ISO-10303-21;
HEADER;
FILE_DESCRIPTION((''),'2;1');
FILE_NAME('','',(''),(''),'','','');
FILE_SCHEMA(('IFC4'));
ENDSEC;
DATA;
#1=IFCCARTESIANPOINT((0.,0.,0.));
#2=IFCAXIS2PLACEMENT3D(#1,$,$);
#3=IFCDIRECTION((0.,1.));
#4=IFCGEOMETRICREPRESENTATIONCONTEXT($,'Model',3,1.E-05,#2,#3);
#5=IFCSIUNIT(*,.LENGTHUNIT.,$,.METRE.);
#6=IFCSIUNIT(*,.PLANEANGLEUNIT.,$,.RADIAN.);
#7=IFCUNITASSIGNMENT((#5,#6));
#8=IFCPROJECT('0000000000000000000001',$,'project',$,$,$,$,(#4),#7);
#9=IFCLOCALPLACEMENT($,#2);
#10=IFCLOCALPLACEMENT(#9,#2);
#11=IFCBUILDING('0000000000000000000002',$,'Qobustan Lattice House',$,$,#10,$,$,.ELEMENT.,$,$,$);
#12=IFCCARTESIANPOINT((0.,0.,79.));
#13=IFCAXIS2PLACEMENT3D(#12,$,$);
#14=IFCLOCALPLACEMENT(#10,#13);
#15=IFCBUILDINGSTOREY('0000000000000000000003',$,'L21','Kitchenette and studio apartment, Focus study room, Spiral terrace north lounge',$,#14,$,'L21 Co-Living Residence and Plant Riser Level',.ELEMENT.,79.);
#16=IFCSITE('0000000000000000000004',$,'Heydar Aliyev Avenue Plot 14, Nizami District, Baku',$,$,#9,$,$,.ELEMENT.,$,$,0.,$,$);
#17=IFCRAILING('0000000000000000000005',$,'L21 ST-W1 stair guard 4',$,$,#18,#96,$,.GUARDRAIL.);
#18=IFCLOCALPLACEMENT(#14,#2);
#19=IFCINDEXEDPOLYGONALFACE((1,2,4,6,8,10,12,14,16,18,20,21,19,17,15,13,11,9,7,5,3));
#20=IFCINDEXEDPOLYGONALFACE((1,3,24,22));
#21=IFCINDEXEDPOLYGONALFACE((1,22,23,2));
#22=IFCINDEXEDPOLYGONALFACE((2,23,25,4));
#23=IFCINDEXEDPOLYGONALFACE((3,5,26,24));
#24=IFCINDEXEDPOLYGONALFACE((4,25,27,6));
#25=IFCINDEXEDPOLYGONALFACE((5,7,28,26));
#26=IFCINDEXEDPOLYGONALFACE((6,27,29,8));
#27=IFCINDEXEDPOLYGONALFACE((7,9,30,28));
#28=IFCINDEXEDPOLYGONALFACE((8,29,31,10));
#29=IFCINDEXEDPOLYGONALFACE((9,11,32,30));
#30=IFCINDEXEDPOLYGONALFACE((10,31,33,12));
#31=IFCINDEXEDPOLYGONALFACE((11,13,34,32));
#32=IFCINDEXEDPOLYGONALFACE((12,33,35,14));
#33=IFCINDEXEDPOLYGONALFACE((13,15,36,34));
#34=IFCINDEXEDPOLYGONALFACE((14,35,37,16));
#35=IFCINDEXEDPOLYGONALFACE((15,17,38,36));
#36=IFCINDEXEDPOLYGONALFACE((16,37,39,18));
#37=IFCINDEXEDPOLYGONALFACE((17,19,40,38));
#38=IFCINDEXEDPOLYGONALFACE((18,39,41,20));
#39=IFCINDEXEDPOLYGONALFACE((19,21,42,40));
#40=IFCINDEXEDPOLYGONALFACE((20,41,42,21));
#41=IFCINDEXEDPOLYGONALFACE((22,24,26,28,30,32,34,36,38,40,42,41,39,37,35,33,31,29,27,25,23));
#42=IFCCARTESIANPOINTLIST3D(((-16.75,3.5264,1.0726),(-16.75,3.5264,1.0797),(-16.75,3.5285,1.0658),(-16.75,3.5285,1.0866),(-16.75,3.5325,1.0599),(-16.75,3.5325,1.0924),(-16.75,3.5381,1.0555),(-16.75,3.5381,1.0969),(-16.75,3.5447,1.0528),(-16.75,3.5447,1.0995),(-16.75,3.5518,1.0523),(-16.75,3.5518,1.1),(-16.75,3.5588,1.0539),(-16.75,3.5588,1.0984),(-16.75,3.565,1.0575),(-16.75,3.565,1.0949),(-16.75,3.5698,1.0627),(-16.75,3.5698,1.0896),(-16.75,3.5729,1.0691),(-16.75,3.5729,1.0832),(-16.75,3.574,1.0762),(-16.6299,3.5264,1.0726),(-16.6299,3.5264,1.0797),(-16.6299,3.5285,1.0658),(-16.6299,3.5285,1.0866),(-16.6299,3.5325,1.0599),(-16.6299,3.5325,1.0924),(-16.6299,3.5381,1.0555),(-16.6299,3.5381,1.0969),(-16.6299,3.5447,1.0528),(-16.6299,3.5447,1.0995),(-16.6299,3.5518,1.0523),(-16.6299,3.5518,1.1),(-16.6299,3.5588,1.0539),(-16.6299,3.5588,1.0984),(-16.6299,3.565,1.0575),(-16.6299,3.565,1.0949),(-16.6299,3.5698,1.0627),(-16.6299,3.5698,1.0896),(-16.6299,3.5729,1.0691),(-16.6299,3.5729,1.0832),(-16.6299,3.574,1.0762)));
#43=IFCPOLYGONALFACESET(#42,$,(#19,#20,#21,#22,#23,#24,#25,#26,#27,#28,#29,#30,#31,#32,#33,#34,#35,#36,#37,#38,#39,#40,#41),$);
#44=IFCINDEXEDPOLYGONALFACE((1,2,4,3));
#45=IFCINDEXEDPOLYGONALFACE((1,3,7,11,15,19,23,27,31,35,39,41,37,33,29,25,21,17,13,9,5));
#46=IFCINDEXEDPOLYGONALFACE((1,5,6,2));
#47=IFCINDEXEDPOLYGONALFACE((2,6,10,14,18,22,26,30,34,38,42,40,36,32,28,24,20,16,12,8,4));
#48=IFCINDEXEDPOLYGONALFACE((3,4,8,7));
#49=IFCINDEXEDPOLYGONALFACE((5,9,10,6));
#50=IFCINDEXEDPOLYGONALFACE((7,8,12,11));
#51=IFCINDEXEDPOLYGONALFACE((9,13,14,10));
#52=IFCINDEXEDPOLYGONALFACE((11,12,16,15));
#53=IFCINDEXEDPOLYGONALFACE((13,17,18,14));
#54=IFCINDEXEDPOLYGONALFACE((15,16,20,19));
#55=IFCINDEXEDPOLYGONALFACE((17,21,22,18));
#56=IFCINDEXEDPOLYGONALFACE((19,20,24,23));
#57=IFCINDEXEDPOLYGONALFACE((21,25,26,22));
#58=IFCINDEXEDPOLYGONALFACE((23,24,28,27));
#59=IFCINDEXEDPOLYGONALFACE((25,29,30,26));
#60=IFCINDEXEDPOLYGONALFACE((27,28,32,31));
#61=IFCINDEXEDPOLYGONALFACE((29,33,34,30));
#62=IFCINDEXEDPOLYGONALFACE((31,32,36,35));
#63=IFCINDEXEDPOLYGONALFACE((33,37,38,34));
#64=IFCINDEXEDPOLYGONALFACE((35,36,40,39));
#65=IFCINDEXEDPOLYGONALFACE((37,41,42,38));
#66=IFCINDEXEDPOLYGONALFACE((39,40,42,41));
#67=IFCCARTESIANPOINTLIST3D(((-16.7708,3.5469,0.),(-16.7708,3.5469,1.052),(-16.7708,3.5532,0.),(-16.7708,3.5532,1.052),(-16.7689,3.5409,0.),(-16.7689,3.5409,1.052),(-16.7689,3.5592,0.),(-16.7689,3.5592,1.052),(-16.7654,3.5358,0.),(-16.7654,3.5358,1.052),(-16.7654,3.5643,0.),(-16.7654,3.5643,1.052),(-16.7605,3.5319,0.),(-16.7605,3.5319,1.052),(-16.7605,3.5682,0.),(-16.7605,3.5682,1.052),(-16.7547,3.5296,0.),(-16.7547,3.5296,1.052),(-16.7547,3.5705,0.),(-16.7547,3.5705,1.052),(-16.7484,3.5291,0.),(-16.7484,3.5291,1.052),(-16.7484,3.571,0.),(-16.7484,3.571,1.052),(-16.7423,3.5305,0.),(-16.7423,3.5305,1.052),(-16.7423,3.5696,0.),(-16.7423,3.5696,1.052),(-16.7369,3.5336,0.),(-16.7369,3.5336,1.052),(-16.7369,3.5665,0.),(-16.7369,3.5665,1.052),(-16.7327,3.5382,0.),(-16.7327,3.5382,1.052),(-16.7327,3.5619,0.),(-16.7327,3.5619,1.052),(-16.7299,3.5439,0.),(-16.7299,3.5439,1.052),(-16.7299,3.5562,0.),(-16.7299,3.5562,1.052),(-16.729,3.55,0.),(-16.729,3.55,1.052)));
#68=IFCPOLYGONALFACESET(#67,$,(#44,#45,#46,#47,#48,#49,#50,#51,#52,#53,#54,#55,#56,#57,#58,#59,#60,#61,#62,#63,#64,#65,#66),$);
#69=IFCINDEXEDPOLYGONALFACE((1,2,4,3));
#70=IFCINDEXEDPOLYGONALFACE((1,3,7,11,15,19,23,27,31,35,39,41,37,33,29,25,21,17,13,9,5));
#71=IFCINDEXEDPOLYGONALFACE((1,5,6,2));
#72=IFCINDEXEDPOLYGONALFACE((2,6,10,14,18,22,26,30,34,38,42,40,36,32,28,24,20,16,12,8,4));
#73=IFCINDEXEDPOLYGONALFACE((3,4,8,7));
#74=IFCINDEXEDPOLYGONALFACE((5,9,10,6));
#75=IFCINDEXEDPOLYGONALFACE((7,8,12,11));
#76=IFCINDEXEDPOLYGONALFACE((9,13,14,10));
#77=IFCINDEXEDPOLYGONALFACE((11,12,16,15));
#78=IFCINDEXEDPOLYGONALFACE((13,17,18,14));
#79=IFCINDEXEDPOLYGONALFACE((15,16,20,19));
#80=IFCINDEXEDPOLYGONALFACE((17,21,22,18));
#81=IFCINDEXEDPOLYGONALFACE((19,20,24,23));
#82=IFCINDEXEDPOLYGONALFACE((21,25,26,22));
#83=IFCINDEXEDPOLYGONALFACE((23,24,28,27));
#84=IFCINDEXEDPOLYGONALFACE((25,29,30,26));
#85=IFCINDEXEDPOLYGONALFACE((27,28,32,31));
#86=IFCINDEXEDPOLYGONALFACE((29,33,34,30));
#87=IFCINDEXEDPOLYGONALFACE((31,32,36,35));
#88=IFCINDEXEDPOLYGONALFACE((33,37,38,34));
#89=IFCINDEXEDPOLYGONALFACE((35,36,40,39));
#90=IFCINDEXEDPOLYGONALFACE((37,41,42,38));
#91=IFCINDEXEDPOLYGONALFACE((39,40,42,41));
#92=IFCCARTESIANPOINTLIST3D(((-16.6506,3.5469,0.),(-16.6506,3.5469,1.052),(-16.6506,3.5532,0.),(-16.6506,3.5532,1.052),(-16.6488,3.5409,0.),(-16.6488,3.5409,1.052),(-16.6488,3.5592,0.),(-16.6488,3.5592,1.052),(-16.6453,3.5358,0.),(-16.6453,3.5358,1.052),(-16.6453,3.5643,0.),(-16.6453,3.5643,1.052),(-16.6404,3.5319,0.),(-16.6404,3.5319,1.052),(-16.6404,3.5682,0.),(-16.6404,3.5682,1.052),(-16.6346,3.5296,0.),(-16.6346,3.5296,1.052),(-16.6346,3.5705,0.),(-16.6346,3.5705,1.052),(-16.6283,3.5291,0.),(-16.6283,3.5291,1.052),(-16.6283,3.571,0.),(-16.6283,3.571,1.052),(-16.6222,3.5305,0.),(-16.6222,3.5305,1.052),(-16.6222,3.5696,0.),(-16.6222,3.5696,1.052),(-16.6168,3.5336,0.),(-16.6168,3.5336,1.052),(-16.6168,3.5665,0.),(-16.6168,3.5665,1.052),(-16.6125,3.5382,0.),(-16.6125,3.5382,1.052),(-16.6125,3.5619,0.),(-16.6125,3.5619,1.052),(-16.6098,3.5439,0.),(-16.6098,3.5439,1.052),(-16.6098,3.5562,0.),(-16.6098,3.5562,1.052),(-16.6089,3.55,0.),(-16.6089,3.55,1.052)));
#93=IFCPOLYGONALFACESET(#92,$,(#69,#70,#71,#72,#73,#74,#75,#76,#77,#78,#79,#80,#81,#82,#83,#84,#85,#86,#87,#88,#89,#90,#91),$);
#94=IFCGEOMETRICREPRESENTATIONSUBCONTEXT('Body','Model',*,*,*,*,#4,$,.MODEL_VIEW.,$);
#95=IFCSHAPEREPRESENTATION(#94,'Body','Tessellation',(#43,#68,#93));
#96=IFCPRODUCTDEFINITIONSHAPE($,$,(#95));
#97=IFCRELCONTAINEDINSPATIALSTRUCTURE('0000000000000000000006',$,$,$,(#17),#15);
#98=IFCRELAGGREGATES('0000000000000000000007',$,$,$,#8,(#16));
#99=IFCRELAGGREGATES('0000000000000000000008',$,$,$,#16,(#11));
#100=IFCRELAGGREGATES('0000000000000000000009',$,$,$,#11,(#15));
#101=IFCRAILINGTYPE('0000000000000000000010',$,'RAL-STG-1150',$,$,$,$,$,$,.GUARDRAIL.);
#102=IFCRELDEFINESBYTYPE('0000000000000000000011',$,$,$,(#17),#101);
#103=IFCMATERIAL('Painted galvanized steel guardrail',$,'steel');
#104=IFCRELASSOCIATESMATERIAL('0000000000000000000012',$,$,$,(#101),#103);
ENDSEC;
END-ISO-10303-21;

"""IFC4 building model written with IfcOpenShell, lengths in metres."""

from ifc_helpers import new_model, si_unit, direction, frame, origin, origin_2d, place, context, subcontext, project, spatial, circle, extrude, material, type_object, element, save


model = new_model("IFC4")

# Units and contexts
model_context = context("Model", 3, precision=1e-05, world=origin(), true_north=direction((0.0, 1.0)))
body_context = subcontext(model_context, "Body", "Model", "MODEL_VIEW")
ifc_project = project(units=[si_unit("LENGTHUNIT", "METRE"), si_unit("PLANEANGLEUNIT", "RADIAN")], contexts=[model_context])

# Site, building, storey
site_placement = place(None, origin())
site = spatial("IfcSite", under=ifc_project, at=site_placement, Name="Heydar Aliyev Avenue Plot 14, Nizami District, Baku", CompositionType="ELEMENT", RefElevation=0.0)
building_placement = place(site_placement, origin())
building = spatial("IfcBuilding", under=site, at=building_placement, Name="Qobustan Lattice House", CompositionType="ELEMENT")
storey_placement = place(building_placement, frame((0.0, 0.0, 79.0)))
storey = spatial("IfcBuildingStorey", under=building, at=storey_placement, Name="L21", Description="Kitchenette and studio apartment, Focus study room, Spiral terrace north lounge", LongName="L21 Co-Living Residence and Plant Riser Level", CompositionType="ELEMENT", Elevation=79.0)

# Railing
ifc_material_1 = material(Name="Painted galvanized steel guardrail", Category="steel")
railing_type_1 = type_object("IfcRailingType", Name="RAL-STG-1150", PredefinedType="GUARDRAIL", material=ifc_material_1)
railing_1_placement = place(storey_placement, frame((-16.75, 3.55, 0.0)))
element("IfcRailing", 1, at=railing_1_placement, inside=storey, type_object=railing_type_1, Name="L21 ST-W1 stair guard 4", PredefinedType="GUARDRAIL", context=body_context, shape_type="SweptSolid", body=[
    extrude(circle(Radius=0.0239, at=origin_2d()), frame((0.0, 0.0, 1.0762), z_axis=(1.0, 0.0, 0.0), x_axis=(0.0, 1.0, 0.0)), (0.0, 0.0, 1.0), 0.1201),
    extrude(circle(Radius=0.021, at=origin_2d()), origin(), (0.0, 0.0, 1.0), 1.052),
    extrude(circle(Radius=0.021, at=origin_2d()), frame((0.1201, 0.0, 0.0)), (0.0, 0.0, 1.0), 1.052),
])

save(model, "model.ifc")
